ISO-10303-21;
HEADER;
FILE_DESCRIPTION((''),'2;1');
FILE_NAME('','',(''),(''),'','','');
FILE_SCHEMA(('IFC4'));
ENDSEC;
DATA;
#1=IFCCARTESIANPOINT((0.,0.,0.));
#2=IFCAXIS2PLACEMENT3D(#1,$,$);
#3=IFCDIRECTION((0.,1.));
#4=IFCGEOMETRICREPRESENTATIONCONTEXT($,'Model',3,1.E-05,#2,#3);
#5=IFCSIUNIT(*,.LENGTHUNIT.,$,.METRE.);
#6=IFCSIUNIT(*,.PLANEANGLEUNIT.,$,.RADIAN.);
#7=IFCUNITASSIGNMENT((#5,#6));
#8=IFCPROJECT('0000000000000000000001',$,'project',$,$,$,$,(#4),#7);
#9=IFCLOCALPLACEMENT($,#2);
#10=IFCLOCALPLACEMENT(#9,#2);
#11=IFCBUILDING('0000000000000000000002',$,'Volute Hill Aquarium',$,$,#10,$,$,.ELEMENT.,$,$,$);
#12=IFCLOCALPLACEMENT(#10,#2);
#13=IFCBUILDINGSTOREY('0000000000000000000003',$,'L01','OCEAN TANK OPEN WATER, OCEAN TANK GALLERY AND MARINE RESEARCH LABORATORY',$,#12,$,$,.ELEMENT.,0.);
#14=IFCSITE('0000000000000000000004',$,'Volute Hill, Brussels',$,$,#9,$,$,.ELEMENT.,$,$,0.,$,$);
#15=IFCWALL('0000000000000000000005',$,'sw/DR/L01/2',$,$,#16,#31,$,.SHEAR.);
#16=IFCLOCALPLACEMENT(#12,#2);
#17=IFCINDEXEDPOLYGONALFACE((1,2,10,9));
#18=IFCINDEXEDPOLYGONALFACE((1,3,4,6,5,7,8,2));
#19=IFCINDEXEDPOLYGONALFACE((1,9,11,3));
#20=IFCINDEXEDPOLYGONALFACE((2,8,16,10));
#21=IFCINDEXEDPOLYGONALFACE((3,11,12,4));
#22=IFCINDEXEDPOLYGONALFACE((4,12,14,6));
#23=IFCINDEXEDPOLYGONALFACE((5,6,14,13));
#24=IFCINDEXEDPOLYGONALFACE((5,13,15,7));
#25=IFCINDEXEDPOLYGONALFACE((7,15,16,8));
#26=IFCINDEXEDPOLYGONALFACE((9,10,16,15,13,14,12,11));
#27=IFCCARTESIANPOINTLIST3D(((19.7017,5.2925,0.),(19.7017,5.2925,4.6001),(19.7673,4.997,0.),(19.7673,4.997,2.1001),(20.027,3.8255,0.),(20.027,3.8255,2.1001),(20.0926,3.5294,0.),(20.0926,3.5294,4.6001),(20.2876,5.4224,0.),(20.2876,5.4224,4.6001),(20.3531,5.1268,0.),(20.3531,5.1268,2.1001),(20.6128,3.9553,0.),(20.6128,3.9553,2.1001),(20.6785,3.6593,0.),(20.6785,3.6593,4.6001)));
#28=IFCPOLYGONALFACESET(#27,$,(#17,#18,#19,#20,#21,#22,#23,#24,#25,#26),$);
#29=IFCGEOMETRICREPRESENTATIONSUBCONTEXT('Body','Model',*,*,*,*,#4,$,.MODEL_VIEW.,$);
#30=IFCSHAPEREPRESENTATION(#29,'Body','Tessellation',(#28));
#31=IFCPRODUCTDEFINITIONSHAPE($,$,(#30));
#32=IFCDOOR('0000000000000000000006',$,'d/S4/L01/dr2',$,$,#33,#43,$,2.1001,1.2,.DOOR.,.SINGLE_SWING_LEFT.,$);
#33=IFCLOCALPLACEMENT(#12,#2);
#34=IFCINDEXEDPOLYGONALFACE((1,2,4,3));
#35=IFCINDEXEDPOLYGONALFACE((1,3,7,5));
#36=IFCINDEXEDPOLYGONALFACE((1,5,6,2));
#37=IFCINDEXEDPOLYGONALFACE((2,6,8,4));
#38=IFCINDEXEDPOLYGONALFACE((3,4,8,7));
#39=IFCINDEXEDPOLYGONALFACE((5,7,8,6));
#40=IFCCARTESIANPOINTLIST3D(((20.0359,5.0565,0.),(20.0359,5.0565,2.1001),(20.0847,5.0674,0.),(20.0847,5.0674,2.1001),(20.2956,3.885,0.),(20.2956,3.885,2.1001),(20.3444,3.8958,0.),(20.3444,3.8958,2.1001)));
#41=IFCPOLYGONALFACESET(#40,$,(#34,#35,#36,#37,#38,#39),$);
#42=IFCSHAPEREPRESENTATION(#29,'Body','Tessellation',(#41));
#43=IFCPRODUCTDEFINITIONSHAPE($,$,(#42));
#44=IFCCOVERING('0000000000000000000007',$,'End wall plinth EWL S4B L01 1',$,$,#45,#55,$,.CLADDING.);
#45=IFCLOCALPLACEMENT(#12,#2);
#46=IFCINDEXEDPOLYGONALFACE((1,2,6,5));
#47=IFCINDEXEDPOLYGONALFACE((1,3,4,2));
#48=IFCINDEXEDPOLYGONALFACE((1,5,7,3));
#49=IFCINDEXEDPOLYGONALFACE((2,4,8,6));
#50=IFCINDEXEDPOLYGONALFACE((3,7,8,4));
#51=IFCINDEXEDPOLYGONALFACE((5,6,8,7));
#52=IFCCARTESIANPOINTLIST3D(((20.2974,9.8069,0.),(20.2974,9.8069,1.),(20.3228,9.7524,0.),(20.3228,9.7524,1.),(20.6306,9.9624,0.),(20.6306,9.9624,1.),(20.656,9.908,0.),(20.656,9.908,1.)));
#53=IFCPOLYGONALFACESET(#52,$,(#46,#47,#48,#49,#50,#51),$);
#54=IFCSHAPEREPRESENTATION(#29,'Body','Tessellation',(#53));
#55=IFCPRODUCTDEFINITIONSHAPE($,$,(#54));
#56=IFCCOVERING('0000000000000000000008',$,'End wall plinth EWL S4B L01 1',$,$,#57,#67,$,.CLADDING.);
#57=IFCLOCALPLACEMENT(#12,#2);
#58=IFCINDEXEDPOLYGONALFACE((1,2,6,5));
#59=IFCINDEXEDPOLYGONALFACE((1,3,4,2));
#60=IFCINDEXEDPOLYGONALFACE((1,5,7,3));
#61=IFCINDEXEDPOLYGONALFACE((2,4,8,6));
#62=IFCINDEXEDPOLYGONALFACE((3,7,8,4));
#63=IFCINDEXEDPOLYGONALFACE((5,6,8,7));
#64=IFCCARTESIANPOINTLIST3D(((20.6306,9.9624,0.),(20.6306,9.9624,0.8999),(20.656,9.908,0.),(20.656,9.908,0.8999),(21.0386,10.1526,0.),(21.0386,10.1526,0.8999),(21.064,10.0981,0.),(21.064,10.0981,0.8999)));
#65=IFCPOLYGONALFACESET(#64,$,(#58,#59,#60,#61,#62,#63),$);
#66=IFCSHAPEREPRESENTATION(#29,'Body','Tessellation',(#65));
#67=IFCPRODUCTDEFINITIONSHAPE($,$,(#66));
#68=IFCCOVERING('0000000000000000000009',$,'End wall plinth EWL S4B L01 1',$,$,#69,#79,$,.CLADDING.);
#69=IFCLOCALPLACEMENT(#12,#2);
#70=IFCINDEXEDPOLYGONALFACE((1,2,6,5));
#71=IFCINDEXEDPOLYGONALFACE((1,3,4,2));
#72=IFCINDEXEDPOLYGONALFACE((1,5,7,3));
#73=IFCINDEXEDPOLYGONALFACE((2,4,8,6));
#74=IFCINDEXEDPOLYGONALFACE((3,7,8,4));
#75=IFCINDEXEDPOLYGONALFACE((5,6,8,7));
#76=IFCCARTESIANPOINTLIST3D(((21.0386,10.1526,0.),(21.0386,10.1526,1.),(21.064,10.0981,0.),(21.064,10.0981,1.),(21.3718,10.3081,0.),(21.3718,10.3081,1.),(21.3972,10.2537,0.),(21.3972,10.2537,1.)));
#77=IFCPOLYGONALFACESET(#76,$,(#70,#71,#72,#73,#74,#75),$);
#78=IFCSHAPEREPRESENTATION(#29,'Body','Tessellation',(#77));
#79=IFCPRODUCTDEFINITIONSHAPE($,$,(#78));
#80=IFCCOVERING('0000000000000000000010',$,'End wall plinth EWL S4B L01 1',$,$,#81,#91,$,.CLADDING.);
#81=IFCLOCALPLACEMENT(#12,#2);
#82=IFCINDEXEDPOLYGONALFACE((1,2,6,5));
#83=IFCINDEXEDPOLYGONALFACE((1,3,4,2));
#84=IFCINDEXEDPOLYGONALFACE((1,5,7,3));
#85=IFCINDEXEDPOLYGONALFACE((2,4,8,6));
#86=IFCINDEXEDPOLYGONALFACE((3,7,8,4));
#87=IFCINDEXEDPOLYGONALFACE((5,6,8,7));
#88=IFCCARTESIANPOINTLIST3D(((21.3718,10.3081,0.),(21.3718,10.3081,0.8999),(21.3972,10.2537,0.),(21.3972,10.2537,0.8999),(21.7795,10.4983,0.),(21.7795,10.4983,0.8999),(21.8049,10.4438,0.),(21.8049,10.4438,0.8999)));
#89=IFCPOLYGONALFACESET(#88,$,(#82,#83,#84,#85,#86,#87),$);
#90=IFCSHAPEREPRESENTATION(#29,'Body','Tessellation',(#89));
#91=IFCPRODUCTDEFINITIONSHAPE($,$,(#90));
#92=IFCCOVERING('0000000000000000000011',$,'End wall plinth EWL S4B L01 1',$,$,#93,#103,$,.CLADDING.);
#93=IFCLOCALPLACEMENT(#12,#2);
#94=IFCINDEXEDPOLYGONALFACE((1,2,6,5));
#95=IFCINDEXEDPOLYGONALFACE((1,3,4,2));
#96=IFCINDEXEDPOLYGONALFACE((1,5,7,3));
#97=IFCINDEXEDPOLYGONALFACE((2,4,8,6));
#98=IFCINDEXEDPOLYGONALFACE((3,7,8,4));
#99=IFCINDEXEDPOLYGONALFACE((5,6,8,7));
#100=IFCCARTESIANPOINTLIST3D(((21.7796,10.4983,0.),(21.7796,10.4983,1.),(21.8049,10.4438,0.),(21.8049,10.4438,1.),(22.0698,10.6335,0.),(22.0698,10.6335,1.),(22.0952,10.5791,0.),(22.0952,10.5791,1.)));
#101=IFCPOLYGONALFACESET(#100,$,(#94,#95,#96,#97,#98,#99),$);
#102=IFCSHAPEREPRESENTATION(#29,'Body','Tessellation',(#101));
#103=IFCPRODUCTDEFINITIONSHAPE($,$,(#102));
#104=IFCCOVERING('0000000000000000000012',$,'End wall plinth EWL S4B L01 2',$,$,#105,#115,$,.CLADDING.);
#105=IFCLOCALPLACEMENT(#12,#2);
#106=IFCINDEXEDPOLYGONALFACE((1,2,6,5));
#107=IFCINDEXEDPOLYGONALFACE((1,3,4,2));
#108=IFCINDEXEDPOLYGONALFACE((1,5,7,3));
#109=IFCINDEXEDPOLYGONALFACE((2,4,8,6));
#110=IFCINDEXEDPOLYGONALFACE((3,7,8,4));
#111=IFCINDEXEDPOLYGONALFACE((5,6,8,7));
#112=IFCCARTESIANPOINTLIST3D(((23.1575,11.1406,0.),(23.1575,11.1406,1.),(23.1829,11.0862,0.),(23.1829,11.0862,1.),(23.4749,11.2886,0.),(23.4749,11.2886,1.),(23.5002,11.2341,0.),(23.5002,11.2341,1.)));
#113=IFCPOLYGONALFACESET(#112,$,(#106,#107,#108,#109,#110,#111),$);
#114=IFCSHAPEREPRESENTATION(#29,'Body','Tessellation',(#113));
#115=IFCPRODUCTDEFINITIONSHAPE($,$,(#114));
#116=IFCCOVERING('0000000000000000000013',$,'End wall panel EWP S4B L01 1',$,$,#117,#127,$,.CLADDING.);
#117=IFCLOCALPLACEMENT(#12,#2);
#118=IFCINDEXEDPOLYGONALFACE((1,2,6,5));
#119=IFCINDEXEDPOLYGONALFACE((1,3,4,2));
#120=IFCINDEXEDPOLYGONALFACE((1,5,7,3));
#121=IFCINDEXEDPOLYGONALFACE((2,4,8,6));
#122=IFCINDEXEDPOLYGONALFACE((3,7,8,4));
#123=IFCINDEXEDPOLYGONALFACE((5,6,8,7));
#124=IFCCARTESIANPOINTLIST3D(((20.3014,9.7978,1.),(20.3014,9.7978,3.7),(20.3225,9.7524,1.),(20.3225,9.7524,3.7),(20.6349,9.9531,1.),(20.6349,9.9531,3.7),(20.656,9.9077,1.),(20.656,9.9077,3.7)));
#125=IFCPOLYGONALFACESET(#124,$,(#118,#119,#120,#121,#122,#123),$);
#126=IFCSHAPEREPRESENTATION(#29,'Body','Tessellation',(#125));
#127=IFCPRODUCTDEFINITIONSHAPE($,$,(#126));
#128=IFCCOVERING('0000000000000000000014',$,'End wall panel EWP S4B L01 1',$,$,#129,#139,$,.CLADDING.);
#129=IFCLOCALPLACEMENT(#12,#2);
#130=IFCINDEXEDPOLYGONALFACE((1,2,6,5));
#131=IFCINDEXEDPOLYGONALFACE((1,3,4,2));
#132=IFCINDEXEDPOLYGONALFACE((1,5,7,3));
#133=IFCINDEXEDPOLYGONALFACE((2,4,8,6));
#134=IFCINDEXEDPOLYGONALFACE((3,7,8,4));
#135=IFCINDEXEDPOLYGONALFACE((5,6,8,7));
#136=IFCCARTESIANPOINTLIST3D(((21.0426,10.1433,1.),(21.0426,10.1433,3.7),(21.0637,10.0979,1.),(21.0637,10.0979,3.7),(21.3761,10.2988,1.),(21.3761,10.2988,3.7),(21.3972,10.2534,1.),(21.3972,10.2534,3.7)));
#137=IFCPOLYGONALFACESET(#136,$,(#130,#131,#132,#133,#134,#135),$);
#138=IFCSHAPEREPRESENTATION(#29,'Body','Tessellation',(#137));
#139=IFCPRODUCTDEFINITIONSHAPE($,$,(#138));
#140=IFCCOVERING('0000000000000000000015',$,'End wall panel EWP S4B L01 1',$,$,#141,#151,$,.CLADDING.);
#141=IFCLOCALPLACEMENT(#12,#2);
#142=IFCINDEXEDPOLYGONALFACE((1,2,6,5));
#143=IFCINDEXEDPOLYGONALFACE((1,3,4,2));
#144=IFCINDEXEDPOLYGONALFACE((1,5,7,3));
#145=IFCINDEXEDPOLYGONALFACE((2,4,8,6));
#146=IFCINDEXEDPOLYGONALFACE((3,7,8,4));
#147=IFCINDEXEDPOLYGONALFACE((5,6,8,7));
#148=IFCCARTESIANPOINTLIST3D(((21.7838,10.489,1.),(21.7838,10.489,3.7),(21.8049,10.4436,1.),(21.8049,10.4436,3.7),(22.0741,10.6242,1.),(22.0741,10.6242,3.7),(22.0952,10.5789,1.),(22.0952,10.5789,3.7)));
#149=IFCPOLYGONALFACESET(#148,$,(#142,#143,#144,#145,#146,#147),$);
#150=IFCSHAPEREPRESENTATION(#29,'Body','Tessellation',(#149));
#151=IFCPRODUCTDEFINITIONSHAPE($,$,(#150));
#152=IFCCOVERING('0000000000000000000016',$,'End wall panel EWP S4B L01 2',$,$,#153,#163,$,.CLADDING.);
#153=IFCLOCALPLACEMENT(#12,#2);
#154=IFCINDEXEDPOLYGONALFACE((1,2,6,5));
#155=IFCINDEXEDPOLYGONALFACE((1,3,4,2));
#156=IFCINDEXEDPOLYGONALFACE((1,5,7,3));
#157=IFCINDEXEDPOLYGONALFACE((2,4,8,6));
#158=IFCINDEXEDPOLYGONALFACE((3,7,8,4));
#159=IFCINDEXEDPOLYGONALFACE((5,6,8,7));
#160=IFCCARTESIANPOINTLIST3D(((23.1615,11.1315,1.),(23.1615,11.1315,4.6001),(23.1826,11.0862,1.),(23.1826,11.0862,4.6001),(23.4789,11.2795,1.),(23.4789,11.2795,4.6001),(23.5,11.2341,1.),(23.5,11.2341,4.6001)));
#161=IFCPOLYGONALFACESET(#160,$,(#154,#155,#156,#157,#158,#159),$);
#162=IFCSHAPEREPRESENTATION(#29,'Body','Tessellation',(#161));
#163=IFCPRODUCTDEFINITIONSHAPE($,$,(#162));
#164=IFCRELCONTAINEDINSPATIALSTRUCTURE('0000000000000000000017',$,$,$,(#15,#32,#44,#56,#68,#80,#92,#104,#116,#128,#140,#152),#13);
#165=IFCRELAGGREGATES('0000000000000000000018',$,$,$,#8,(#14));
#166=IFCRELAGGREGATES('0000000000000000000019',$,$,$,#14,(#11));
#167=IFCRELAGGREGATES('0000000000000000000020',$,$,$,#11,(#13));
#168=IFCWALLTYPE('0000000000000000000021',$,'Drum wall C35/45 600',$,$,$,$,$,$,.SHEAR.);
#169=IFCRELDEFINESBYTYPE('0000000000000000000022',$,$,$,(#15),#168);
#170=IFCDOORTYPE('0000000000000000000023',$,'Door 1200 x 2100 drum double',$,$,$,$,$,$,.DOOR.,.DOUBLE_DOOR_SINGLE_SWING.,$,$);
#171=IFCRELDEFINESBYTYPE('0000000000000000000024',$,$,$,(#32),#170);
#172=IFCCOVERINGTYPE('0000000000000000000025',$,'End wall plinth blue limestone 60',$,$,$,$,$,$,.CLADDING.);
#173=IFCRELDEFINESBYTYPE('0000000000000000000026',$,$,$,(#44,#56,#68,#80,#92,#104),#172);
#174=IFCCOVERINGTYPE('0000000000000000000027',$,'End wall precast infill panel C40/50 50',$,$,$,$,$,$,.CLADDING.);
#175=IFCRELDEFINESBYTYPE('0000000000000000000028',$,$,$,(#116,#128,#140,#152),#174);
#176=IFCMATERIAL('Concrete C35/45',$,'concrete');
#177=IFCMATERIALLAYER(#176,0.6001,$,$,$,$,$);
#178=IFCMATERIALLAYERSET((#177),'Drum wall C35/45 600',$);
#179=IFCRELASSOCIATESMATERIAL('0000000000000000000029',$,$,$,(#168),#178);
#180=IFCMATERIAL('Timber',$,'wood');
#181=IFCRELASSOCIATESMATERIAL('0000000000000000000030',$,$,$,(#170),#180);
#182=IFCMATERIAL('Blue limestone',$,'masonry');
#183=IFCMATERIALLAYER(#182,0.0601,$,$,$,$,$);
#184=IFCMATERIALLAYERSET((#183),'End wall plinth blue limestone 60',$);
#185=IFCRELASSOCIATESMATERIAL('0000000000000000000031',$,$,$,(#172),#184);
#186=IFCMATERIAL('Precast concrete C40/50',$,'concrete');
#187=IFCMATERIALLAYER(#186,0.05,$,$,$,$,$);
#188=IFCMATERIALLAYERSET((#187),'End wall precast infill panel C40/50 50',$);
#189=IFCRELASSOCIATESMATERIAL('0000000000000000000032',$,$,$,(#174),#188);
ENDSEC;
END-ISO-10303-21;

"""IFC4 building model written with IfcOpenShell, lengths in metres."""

from ifc_helpers import new_model, si_unit, direction, frame, frame_2d, origin, place, context, subcontext, project, spatial, polyline, rectangle, outline, extrude, material, layer, layer_set, type_object, element, fill, save


model = new_model("IFC4")

# Units and contexts
model_context = context("Model", 3, precision=1e-05, world=origin(), true_north=direction((0.0, 1.0)))
body_context = subcontext(model_context, "Body", "Model", "MODEL_VIEW")
ifc_project = project(units=[si_unit("LENGTHUNIT", "METRE"), si_unit("PLANEANGLEUNIT", "RADIAN")], contexts=[model_context])

# Site, building, storey
site_placement = place(None, origin())
site = spatial("IfcSite", under=ifc_project, at=site_placement, Name="Volute Hill, Brussels", CompositionType="ELEMENT", RefElevation=0.0)
building_placement = place(site_placement, origin())
building = spatial("IfcBuilding", under=site, at=building_placement, Name="Volute Hill Aquarium", CompositionType="ELEMENT")
storey_placement = place(building_placement, origin())
storey = spatial("IfcBuildingStorey", under=building, at=storey_placement, Name="L01", Description="OCEAN TANK OPEN WATER, OCEAN TANK GALLERY AND MARINE RESEARCH LABORATORY", CompositionType="ELEMENT", Elevation=0.0)

# Shared definitions
ifc_material_1 = material(Name="Concrete C35/45", Category="concrete")
ifc_layer_1 = layer(ifc_material_1, 0.6001)
ifc_layer_set_1 = layer_set([ifc_layer_1], Name="Drum wall C35/45 600")
wall_type_1 = type_object("IfcWallType", Name="Drum wall C35/45 600", PredefinedType="SHEAR", material=ifc_layer_set_1)

# Wall, opening, door
wall_1_placement = place(storey_placement, frame((20.3855, 3.5945, 0.0), z_axis=(0.0, 0.0, 1.0), x_axis=(-0.216429, 0.976298, 0.0)))
wall_1 = element("IfcWall", 1, at=wall_1_placement, inside=storey, type_object=wall_type_1, Name="sw/DR/L01/2", PredefinedType="SHEAR", context=body_context, shape_type="SweptSolid", body=[
    extrude(rectangle(XDim=1.8059, YDim=0.6001, at=frame_2d((0.9028, 0.0))), origin(), (0.0, 0.0, 1.0), 4.6001),
])
opening_1_placement = place(wall_1_placement, frame((0.303, 0.0, 0.0)))
opening_1 = element("IfcOpeningElement", 2, at=opening_1_placement, cuts=wall_1, PredefinedType="OPENING", context=body_context, shape_type="SweptSolid", body=[
    extrude(rectangle(XDim=1.2, YDim=2.1001, at=frame_2d((0.6001, 1.05))), frame((0.0, 0.3101, 0.0), z_axis=(0.0, -1.0, 0.0), x_axis=(1.0, 0.0, 0.0)), (0.0, 0.0, 1.0), 0.6201),
])
ifc_material_2 = material(Name="Timber", Category="wood")
door_type_1 = type_object("IfcDoorType", Name="Door 1200 x 2100 drum double", OperationType="DOUBLE_DOOR_SINGLE_SWING", PredefinedType="DOOR", material=ifc_material_2)
door_1_placement = place(opening_1_placement, origin())
door_1 = element("IfcDoor", 3, at=door_1_placement, inside=storey, type_object=door_type_1, Name="d/S4/L01/dr2", OperationType="SINGLE_SWING_LEFT", OverallHeight=2.1001, OverallWidth=1.2, PredefinedType="DOOR", context=body_context, shape_type="SweptSolid", body=[
    extrude(rectangle(XDim=1.2, YDim=2.1001, at=frame_2d((0.6001, 1.05))), frame((0.0, 0.0249, 0.0), z_axis=(0.0, -1.0, 0.0), x_axis=(1.0, 0.0, 0.0)), (0.0, 0.0, 1.0), 0.05),
])
fill(opening_1, door_1)

# Coverings
ifc_material_3 = material(Name="Blue limestone", Category="masonry")
ifc_layer_2 = layer(ifc_material_3, 0.0601)
ifc_layer_set_2 = layer_set([ifc_layer_2], Name="End wall plinth blue limestone 60")
covering_type_1 = type_object("IfcCoveringType", Name="End wall plinth blue limestone 60", PredefinedType="CLADDING", material=ifc_layer_set_2)
covering_1_placement = place(storey_placement, frame((20.3228, 9.7524, 0.0), z_axis=(0.422885, -0.906183, 0.0), x_axis=(0.906183, 0.422885, 0.0)))
element("IfcCovering", 4, at=covering_1_placement, inside=storey, type_object=covering_type_1, Name="End wall plinth EWL S4B L01 1", PredefinedType="CLADDING", context=body_context, shape_type="SweptSolid", body=[
    extrude(outline(polyline([(0.0, 0.0), (0.3678, 0.0), (0.3678, 1.0), (0.0, 1.0), (0.0, 0.0)])), origin(), (0.0, 0.0, -1.0), 0.0601),
])
covering_2_placement = place(storey_placement, frame((20.656, 9.908, 0.0), z_axis=(0.422529, -0.906349, 0.0), x_axis=(0.906349, 0.422529, 0.0)))
element("IfcCovering", 5, at=covering_2_placement, inside=storey, type_object=covering_type_1, Name="End wall plinth EWL S4B L01 1", PredefinedType="CLADDING", context=body_context, shape_type="SweptSolid", body=[
    extrude(outline(polyline([(0.0, 0.0), (0.4501, 0.0), (0.4501, 0.8999), (0.0, 0.8999), (0.0, 0.0)])), origin(), (0.0, 0.0, -1.0), 0.0601),
])
covering_3_placement = place(storey_placement, frame((21.064, 10.0981, 0.0), z_axis=(0.422885, -0.906183, 0.0), x_axis=(0.906183, 0.422885, 0.0)))
element("IfcCovering", 6, at=covering_3_placement, inside=storey, type_object=covering_type_1, Name="End wall plinth EWL S4B L01 1", PredefinedType="CLADDING", context=body_context, shape_type="SweptSolid", body=[
    extrude(outline(polyline([(0.0, 0.0), (0.3678, 0.0), (0.3678, 1.0), (0.0, 1.0), (0.0, 0.0)])), origin(), (0.0, 0.0, -1.0), 0.0601),
])
covering_4_placement = place(storey_placement, frame((21.3972, 10.2537, 0.0), z_axis=(0.422737, -0.906252, 0.0), x_axis=(0.906252, 0.422737, 0.0)))
element("IfcCovering", 7, at=covering_4_placement, inside=storey, type_object=covering_type_1, Name="End wall plinth EWL S4B L01 1", PredefinedType="CLADDING", context=body_context, shape_type="SweptSolid", body=[
    extrude(outline(polyline([(0.0, 0.0), (0.4499, 0.0), (0.4499, 0.8999), (0.0, 0.8999), (0.0, 0.0)])), origin(), (0.0, 0.0, -1.0), 0.0601),
])
covering_5_placement = place(storey_placement, frame((21.8049, 10.4438, 0.0), z_axis=(0.422343, -0.906436, 0.0), x_axis=(0.906436, 0.422343, 0.0)))
element("IfcCovering", 8, at=covering_5_placement, inside=storey, type_object=covering_type_1, Name="End wall plinth EWL S4B L01 1", PredefinedType="CLADDING", context=body_context, shape_type="SweptSolid", body=[
    extrude(outline(polyline([(0.0, 0.0), (0.3202, 0.0), (0.3202, 1.0), (0.0, 1.0), (0.0, 0.0)])), origin(), (0.0, 0.0, -1.0), 0.0601),
])
covering_6_placement = place(storey_placement, frame((23.1829, 11.0862, 0.0), z_axis=(0.422504, -0.906361, 0.0), x_axis=(0.906361, 0.422504, 0.0)))
element("IfcCovering", 9, at=covering_6_placement, inside=storey, type_object=covering_type_1, Name="End wall plinth EWL S4B L01 2", PredefinedType="CLADDING", context=body_context, shape_type="SweptSolid", body=[
    extrude(outline(polyline([(0.0, 0.0), (0.3502, 0.0), (0.3502, 1.0), (0.0, 1.0), (0.0, 0.0)])), origin(), (0.0, 0.0, -1.0), 0.0601),
])
ifc_material_4 = material(Name="Precast concrete C40/50", Category="concrete")
ifc_layer_3 = layer(ifc_material_4, 0.05)
ifc_layer_set_3 = layer_set([ifc_layer_3], Name="End wall precast infill panel C40/50 50")
covering_type_2 = type_object("IfcCoveringType", Name="End wall precast infill panel C40/50 50", PredefinedType="CLADDING", material=ifc_layer_set_3)
covering_7_placement = place(storey_placement, frame((20.3225, 9.7524, 1.0), z_axis=(0.422086, -0.906556, 0.0), x_axis=(0.906556, 0.422086, 0.0)))
element("IfcCovering", 10, at=covering_7_placement, inside=storey, type_object=covering_type_2, Name="End wall panel EWP S4B L01 1", PredefinedType="CLADDING", context=body_context, shape_type="SweptSolid", body=[
    extrude(outline(polyline([(0.0, 0.0), (0.3679, 0.0), (0.3679, 2.7), (0.0, 2.7), (0.0, 0.0)])), origin(), (0.0, 0.0, -1.0), 0.05),
])
covering_8_placement = place(storey_placement, frame((21.0637, 10.0979, 1.0), z_axis=(0.422631, -0.906302, 0.0), x_axis=(0.906302, 0.422631, 0.0)))
element("IfcCovering", 11, at=covering_8_placement, inside=storey, type_object=covering_type_2, Name="End wall panel EWP S4B L01 1", PredefinedType="CLADDING", context=body_context, shape_type="SweptSolid", body=[
    extrude(outline(polyline([(0.0, 0.0), (0.368, 0.0), (0.368, 2.7), (0.0, 2.7), (0.0, 0.0)])), origin(), (0.0, 0.0, -1.0), 0.05),
])
covering_9_placement = place(storey_placement, frame((21.8049, 10.4436, 1.0), z_axis=(0.422343, -0.906436, 0.0), x_axis=(0.906436, 0.422343, 0.0)))
element("IfcCovering", 12, at=covering_9_placement, inside=storey, type_object=covering_type_2, Name="End wall panel EWP S4B L01 1", PredefinedType="CLADDING", context=body_context, shape_type="SweptSolid", body=[
    extrude(outline(polyline([(0.0, 0.0), (0.3202, 0.0), (0.3202, 2.7), (0.0, 2.7), (0.0, 0.0)])), origin(), (0.0, 0.0, -1.0), 0.05),
])
covering_10_placement = place(storey_placement, frame((23.1826, 11.0862, 1.0), z_axis=(0.422504, -0.906361, 0.0), x_axis=(0.906361, 0.422504, 0.0)))
element("IfcCovering", 13, at=covering_10_placement, inside=storey, type_object=covering_type_2, Name="End wall panel EWP S4B L01 2", PredefinedType="CLADDING", context=body_context, shape_type="SweptSolid", body=[
    extrude(outline(polyline([(0.0, 0.0), (0.3502, 0.0), (0.3502, 3.6001), (0.0, 3.6001), (0.0, 0.0)])), origin(), (0.0, 0.0, -1.0), 0.05),
])

save(model, "model.ifc")
